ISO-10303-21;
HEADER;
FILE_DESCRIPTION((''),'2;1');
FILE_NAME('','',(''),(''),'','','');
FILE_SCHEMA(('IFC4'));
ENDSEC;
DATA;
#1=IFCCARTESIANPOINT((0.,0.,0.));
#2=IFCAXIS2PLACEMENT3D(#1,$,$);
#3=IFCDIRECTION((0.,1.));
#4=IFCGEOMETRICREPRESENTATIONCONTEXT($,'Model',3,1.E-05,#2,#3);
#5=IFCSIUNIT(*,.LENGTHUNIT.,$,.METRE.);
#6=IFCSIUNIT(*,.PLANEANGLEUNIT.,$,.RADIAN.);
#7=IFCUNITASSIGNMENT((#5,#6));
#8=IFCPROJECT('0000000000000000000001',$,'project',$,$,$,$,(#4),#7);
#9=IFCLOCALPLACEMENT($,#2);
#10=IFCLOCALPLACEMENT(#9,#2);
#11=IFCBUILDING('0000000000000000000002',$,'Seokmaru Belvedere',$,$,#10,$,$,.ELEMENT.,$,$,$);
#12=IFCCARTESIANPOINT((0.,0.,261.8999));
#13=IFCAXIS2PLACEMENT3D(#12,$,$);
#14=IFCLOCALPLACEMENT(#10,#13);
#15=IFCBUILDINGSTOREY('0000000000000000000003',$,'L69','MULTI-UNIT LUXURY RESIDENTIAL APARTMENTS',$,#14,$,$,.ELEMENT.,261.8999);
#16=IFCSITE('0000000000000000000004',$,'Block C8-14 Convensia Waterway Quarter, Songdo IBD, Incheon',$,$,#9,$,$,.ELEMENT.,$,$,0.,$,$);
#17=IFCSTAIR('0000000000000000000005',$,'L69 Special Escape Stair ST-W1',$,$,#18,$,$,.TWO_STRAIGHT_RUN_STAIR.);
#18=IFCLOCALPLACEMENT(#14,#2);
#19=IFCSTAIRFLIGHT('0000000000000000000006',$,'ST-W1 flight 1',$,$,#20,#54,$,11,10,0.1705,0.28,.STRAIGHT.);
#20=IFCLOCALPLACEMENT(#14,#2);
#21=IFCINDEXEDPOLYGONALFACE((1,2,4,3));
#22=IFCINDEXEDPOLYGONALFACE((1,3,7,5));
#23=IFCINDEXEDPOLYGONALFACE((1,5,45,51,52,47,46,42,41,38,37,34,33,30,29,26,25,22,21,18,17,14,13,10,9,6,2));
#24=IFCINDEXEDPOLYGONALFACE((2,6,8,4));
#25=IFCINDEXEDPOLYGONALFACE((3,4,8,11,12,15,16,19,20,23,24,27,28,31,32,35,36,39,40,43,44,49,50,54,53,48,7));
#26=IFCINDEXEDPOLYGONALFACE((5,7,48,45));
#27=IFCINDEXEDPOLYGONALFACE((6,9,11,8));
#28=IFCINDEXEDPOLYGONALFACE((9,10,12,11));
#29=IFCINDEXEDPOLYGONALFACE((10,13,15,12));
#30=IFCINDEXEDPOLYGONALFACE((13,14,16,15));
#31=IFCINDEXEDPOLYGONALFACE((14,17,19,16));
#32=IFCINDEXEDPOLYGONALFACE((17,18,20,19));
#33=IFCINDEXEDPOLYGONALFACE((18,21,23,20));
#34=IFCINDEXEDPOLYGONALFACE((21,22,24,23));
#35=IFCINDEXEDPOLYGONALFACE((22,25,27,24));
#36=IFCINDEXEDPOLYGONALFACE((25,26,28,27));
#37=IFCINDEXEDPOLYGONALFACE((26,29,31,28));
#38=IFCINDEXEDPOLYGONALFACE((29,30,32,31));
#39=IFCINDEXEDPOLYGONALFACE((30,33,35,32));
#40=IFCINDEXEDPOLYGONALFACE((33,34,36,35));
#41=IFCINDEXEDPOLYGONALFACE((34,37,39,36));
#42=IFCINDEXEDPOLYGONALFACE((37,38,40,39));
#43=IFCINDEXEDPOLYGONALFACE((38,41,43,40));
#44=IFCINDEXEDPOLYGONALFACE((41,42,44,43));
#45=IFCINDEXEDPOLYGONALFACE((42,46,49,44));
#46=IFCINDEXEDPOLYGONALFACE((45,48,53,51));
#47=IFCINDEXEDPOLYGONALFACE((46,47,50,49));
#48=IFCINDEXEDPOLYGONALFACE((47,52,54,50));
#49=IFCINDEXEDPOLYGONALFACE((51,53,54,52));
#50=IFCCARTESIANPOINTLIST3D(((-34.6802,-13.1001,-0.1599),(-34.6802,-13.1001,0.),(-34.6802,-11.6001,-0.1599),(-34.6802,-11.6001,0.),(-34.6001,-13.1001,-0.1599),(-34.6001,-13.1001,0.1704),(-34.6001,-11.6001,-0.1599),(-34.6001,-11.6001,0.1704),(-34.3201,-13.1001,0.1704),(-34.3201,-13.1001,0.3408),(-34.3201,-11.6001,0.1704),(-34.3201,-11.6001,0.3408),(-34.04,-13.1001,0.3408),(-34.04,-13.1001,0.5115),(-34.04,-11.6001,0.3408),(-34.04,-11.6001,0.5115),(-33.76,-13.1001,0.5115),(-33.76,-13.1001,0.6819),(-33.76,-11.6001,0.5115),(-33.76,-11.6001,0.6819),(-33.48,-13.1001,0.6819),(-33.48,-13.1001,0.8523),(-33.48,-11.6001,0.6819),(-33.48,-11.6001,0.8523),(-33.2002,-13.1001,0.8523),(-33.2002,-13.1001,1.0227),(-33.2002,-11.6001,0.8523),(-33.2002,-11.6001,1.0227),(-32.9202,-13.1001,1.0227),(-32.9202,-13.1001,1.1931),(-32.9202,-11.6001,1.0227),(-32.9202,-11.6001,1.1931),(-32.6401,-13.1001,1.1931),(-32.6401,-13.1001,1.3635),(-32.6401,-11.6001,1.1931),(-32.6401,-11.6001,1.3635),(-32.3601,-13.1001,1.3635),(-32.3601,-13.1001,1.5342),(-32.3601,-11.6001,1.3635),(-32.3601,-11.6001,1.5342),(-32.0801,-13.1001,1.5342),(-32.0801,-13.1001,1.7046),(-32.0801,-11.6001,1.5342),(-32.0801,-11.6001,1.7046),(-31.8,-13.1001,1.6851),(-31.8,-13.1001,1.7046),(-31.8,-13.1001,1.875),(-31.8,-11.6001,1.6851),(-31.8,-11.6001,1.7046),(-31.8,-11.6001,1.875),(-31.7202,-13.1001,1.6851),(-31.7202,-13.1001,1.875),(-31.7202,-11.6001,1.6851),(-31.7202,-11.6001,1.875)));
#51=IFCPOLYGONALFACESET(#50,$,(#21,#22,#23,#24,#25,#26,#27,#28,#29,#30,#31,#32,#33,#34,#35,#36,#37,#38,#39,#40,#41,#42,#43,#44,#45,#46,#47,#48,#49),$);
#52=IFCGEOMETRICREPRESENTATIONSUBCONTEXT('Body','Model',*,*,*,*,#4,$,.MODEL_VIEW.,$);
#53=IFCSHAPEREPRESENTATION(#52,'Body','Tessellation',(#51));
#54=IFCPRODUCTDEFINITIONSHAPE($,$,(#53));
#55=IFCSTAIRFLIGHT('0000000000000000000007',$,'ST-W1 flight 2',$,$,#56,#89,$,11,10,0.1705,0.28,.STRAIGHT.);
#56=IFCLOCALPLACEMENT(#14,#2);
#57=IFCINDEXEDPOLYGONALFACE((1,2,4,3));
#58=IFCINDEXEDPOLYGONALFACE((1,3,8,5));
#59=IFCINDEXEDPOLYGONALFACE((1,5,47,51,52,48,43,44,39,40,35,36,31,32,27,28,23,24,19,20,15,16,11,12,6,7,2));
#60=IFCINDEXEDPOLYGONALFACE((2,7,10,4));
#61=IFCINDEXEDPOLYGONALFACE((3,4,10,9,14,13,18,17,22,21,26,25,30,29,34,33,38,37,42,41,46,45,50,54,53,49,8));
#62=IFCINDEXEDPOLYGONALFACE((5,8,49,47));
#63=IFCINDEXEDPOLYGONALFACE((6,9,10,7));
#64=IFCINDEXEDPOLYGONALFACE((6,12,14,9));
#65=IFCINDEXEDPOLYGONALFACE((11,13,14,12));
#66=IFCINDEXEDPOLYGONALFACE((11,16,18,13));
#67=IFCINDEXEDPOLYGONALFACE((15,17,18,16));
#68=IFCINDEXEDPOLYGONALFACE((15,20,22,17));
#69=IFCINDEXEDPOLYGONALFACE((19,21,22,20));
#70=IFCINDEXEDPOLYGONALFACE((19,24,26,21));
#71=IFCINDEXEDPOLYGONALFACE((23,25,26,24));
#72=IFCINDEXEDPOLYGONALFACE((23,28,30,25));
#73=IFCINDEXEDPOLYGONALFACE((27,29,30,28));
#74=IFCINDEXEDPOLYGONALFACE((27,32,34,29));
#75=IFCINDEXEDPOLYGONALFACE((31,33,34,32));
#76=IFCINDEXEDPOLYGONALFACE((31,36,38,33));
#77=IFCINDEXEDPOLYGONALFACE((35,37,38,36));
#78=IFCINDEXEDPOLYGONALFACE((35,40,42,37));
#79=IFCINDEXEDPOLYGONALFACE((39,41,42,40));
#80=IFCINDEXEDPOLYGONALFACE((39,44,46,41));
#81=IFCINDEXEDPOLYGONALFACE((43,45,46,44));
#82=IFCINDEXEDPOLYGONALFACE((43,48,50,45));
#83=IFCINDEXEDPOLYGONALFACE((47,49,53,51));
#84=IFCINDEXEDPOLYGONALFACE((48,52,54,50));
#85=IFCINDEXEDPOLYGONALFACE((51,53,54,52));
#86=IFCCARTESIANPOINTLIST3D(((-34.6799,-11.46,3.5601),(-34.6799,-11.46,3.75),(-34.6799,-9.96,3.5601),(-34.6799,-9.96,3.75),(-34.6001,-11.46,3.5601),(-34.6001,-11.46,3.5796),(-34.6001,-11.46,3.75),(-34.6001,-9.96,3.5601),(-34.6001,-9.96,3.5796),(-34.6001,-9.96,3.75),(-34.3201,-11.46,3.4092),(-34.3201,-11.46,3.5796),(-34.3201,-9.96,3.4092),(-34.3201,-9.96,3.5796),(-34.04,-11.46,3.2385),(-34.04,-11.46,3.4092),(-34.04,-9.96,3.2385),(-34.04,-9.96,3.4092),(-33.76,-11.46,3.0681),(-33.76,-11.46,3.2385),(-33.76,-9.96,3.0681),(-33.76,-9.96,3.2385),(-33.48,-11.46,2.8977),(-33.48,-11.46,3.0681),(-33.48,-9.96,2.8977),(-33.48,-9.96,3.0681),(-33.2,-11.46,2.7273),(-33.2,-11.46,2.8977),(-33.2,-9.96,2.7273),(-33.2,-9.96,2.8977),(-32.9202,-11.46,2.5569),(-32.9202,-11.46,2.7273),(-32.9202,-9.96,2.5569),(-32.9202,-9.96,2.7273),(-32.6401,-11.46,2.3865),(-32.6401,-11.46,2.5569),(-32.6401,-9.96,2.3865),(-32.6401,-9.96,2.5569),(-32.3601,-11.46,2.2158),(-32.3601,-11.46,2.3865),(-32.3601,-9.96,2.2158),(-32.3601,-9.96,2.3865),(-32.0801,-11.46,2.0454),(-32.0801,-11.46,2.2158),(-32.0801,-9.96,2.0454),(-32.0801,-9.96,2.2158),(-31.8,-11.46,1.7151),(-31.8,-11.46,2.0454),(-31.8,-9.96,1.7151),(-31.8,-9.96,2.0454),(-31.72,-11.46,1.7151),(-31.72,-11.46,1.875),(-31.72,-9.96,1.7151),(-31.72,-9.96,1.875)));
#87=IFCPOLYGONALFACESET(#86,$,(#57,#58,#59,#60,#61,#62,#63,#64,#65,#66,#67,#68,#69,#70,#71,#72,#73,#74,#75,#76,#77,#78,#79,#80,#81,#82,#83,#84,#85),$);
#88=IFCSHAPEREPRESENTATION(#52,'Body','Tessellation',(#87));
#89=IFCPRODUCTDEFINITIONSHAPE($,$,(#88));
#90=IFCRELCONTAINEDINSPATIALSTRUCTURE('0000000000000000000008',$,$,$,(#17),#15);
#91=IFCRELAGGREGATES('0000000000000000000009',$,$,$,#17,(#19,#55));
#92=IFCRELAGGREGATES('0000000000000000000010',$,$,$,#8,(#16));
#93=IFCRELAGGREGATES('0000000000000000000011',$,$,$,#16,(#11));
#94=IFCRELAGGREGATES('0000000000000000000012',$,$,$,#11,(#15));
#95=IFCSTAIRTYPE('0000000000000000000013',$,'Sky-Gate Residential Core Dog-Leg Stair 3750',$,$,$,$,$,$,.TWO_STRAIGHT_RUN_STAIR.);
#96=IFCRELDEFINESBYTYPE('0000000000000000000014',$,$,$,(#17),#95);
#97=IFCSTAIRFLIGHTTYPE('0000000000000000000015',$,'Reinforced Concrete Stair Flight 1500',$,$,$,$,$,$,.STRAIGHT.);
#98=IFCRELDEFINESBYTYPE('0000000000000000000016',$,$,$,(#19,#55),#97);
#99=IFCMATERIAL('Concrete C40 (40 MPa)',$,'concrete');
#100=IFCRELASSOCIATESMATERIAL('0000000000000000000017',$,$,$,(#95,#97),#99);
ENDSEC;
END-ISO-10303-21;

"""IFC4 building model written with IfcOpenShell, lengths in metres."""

from ifc_helpers import new_model, si_unit, direction, frame, origin, place, context, subcontext, project, spatial, polyline, outline, extrude, material, type_object, element, aggregate, save


model = new_model("IFC4")

# Units and contexts
model_context = context("Model", 3, precision=1e-05, world=origin(), true_north=direction((0.0, 1.0)))
body_context = subcontext(model_context, "Body", "Model", "MODEL_VIEW")
ifc_project = project(units=[si_unit("LENGTHUNIT", "METRE"), si_unit("PLANEANGLEUNIT", "RADIAN")], contexts=[model_context])

# Site, building, storey
site_placement = place(None, origin())
site = spatial("IfcSite", under=ifc_project, at=site_placement, Name="Block C8-14 Convensia Waterway Quarter, Songdo IBD, Incheon", CompositionType="ELEMENT", RefElevation=0.0)
building_placement = place(site_placement, origin())
building = spatial("IfcBuilding", under=site, at=building_placement, Name="Seokmaru Belvedere", CompositionType="ELEMENT")
storey_placement = place(building_placement, frame((0.0, 0.0, 261.8999)))
storey = spatial("IfcBuildingStorey", under=building, at=storey_placement, Name="L69", Description="MULTI-UNIT LUXURY RESIDENTIAL APARTMENTS", CompositionType="ELEMENT", Elevation=261.8999)

# Stair, stair flights
ifc_material_1 = material(Name="Concrete C40 (40 MPa)", Category="concrete")
stair_type = type_object("IfcStairType", Name="Sky-Gate Residential Core Dog-Leg Stair 3750", PredefinedType="TWO_STRAIGHT_RUN_STAIR", material=ifc_material_1)
stair_placement = place(storey_placement, origin())
stair = element("IfcStair", 1, at=stair_placement, inside=storey, type_object=stair_type, Name="L69 Special Escape Stair ST-W1", PredefinedType="TWO_STRAIGHT_RUN_STAIR")
stair_flight_type = type_object("IfcStairFlightType", Name="Reinforced Concrete Stair Flight 1500", PredefinedType="STRAIGHT", material=ifc_material_1)
stair_flight_1_placement = place(storey_placement, frame((-34.6001, -12.3501, 0.0), z_axis=(0.0, 0.0, 1.0), x_axis=(1.0, 0.0, 0.0)))
stair_flight_1 = element("IfcStairFlight", 2, at=stair_flight_1_placement, type_object=stair_flight_type, Name="ST-W1 flight 1", NumberOfRisers=11, NumberOfTreads=10, PredefinedType="STRAIGHT", RiserHeight=0.1705, TreadLength=0.28, context=body_context, shape_type="SweptSolid", body=[
    extrude(outline(polyline([(-0.0801, 0.0), (0.0, 0.1704), (0.28, 0.1704), (0.28, 0.3408), (0.5601, 0.3408), (0.5601, 0.5115), (0.8401, 0.5115), (0.8401, 0.6819), (1.1201, 0.6819), (1.1201, 0.8523), (1.3999, 0.8523), (1.3999, 1.0227), (1.6799, 1.0227), (1.6799, 1.1931), (1.96, 1.1931), (1.96, 1.3635), (2.24, 1.3635), (2.24, 1.5342), (2.52, 1.5342), (2.52, 1.7046), (2.8, 1.7046), (2.8, 1.875), (2.8799, 1.875), (2.8799, 1.6851), (2.8, 1.6851), (0.0, -0.1599), (-0.0801, -0.1599), (-0.0801, 0.0)])), frame((0.0, 0.75, 0.0), z_axis=(0.0, -1.0, 0.0), x_axis=(1.0, 0.0, 0.0)), (0.0, 0.0, 1.0), 1.5),
])
stair_flight_2_placement = place(storey_placement, frame((-31.8, -10.71, 1.875), z_axis=(0.0, 0.0, 1.0), x_axis=(-1.0, 0.0, 0.0)))
stair_flight_2 = element("IfcStairFlight", 3, at=stair_flight_2_placement, type_object=stair_flight_type, Name="ST-W1 flight 2", NumberOfRisers=11, NumberOfTreads=10, PredefinedType="STRAIGHT", RiserHeight=0.1705, TreadLength=0.28, context=body_context, shape_type="SweptSolid", body=[
    extrude(outline(polyline([(-0.0801, 0.0), (0.0, 0.1704), (0.28, 0.1704), (0.28, 0.3408), (0.5601, 0.3408), (0.5601, 0.5115), (0.8401, 0.5115), (0.8401, 0.6819), (1.1201, 0.6819), (1.1201, 0.8523), (1.3999, 0.8523), (1.3999, 1.0227), (1.6799, 1.0227), (1.6799, 1.1931), (1.96, 1.1931), (1.96, 1.3635), (2.24, 1.3635), (2.24, 1.5342), (2.52, 1.5342), (2.52, 1.7046), (2.8, 1.7046), (2.8, 1.875), (2.8799, 1.875), (2.8799, 1.6851), (2.8, 1.6851), (0.0, -0.1599), (-0.0801, -0.1599), (-0.0801, 0.0)])), frame((0.0, 0.75, 0.0), z_axis=(0.0, -1.0, 0.0), x_axis=(1.0, 0.0, 0.0)), (0.0, 0.0, 1.0), 1.5),
])
aggregate(stair, [stair_flight_1, stair_flight_2])

save(model, "model.ifc")
